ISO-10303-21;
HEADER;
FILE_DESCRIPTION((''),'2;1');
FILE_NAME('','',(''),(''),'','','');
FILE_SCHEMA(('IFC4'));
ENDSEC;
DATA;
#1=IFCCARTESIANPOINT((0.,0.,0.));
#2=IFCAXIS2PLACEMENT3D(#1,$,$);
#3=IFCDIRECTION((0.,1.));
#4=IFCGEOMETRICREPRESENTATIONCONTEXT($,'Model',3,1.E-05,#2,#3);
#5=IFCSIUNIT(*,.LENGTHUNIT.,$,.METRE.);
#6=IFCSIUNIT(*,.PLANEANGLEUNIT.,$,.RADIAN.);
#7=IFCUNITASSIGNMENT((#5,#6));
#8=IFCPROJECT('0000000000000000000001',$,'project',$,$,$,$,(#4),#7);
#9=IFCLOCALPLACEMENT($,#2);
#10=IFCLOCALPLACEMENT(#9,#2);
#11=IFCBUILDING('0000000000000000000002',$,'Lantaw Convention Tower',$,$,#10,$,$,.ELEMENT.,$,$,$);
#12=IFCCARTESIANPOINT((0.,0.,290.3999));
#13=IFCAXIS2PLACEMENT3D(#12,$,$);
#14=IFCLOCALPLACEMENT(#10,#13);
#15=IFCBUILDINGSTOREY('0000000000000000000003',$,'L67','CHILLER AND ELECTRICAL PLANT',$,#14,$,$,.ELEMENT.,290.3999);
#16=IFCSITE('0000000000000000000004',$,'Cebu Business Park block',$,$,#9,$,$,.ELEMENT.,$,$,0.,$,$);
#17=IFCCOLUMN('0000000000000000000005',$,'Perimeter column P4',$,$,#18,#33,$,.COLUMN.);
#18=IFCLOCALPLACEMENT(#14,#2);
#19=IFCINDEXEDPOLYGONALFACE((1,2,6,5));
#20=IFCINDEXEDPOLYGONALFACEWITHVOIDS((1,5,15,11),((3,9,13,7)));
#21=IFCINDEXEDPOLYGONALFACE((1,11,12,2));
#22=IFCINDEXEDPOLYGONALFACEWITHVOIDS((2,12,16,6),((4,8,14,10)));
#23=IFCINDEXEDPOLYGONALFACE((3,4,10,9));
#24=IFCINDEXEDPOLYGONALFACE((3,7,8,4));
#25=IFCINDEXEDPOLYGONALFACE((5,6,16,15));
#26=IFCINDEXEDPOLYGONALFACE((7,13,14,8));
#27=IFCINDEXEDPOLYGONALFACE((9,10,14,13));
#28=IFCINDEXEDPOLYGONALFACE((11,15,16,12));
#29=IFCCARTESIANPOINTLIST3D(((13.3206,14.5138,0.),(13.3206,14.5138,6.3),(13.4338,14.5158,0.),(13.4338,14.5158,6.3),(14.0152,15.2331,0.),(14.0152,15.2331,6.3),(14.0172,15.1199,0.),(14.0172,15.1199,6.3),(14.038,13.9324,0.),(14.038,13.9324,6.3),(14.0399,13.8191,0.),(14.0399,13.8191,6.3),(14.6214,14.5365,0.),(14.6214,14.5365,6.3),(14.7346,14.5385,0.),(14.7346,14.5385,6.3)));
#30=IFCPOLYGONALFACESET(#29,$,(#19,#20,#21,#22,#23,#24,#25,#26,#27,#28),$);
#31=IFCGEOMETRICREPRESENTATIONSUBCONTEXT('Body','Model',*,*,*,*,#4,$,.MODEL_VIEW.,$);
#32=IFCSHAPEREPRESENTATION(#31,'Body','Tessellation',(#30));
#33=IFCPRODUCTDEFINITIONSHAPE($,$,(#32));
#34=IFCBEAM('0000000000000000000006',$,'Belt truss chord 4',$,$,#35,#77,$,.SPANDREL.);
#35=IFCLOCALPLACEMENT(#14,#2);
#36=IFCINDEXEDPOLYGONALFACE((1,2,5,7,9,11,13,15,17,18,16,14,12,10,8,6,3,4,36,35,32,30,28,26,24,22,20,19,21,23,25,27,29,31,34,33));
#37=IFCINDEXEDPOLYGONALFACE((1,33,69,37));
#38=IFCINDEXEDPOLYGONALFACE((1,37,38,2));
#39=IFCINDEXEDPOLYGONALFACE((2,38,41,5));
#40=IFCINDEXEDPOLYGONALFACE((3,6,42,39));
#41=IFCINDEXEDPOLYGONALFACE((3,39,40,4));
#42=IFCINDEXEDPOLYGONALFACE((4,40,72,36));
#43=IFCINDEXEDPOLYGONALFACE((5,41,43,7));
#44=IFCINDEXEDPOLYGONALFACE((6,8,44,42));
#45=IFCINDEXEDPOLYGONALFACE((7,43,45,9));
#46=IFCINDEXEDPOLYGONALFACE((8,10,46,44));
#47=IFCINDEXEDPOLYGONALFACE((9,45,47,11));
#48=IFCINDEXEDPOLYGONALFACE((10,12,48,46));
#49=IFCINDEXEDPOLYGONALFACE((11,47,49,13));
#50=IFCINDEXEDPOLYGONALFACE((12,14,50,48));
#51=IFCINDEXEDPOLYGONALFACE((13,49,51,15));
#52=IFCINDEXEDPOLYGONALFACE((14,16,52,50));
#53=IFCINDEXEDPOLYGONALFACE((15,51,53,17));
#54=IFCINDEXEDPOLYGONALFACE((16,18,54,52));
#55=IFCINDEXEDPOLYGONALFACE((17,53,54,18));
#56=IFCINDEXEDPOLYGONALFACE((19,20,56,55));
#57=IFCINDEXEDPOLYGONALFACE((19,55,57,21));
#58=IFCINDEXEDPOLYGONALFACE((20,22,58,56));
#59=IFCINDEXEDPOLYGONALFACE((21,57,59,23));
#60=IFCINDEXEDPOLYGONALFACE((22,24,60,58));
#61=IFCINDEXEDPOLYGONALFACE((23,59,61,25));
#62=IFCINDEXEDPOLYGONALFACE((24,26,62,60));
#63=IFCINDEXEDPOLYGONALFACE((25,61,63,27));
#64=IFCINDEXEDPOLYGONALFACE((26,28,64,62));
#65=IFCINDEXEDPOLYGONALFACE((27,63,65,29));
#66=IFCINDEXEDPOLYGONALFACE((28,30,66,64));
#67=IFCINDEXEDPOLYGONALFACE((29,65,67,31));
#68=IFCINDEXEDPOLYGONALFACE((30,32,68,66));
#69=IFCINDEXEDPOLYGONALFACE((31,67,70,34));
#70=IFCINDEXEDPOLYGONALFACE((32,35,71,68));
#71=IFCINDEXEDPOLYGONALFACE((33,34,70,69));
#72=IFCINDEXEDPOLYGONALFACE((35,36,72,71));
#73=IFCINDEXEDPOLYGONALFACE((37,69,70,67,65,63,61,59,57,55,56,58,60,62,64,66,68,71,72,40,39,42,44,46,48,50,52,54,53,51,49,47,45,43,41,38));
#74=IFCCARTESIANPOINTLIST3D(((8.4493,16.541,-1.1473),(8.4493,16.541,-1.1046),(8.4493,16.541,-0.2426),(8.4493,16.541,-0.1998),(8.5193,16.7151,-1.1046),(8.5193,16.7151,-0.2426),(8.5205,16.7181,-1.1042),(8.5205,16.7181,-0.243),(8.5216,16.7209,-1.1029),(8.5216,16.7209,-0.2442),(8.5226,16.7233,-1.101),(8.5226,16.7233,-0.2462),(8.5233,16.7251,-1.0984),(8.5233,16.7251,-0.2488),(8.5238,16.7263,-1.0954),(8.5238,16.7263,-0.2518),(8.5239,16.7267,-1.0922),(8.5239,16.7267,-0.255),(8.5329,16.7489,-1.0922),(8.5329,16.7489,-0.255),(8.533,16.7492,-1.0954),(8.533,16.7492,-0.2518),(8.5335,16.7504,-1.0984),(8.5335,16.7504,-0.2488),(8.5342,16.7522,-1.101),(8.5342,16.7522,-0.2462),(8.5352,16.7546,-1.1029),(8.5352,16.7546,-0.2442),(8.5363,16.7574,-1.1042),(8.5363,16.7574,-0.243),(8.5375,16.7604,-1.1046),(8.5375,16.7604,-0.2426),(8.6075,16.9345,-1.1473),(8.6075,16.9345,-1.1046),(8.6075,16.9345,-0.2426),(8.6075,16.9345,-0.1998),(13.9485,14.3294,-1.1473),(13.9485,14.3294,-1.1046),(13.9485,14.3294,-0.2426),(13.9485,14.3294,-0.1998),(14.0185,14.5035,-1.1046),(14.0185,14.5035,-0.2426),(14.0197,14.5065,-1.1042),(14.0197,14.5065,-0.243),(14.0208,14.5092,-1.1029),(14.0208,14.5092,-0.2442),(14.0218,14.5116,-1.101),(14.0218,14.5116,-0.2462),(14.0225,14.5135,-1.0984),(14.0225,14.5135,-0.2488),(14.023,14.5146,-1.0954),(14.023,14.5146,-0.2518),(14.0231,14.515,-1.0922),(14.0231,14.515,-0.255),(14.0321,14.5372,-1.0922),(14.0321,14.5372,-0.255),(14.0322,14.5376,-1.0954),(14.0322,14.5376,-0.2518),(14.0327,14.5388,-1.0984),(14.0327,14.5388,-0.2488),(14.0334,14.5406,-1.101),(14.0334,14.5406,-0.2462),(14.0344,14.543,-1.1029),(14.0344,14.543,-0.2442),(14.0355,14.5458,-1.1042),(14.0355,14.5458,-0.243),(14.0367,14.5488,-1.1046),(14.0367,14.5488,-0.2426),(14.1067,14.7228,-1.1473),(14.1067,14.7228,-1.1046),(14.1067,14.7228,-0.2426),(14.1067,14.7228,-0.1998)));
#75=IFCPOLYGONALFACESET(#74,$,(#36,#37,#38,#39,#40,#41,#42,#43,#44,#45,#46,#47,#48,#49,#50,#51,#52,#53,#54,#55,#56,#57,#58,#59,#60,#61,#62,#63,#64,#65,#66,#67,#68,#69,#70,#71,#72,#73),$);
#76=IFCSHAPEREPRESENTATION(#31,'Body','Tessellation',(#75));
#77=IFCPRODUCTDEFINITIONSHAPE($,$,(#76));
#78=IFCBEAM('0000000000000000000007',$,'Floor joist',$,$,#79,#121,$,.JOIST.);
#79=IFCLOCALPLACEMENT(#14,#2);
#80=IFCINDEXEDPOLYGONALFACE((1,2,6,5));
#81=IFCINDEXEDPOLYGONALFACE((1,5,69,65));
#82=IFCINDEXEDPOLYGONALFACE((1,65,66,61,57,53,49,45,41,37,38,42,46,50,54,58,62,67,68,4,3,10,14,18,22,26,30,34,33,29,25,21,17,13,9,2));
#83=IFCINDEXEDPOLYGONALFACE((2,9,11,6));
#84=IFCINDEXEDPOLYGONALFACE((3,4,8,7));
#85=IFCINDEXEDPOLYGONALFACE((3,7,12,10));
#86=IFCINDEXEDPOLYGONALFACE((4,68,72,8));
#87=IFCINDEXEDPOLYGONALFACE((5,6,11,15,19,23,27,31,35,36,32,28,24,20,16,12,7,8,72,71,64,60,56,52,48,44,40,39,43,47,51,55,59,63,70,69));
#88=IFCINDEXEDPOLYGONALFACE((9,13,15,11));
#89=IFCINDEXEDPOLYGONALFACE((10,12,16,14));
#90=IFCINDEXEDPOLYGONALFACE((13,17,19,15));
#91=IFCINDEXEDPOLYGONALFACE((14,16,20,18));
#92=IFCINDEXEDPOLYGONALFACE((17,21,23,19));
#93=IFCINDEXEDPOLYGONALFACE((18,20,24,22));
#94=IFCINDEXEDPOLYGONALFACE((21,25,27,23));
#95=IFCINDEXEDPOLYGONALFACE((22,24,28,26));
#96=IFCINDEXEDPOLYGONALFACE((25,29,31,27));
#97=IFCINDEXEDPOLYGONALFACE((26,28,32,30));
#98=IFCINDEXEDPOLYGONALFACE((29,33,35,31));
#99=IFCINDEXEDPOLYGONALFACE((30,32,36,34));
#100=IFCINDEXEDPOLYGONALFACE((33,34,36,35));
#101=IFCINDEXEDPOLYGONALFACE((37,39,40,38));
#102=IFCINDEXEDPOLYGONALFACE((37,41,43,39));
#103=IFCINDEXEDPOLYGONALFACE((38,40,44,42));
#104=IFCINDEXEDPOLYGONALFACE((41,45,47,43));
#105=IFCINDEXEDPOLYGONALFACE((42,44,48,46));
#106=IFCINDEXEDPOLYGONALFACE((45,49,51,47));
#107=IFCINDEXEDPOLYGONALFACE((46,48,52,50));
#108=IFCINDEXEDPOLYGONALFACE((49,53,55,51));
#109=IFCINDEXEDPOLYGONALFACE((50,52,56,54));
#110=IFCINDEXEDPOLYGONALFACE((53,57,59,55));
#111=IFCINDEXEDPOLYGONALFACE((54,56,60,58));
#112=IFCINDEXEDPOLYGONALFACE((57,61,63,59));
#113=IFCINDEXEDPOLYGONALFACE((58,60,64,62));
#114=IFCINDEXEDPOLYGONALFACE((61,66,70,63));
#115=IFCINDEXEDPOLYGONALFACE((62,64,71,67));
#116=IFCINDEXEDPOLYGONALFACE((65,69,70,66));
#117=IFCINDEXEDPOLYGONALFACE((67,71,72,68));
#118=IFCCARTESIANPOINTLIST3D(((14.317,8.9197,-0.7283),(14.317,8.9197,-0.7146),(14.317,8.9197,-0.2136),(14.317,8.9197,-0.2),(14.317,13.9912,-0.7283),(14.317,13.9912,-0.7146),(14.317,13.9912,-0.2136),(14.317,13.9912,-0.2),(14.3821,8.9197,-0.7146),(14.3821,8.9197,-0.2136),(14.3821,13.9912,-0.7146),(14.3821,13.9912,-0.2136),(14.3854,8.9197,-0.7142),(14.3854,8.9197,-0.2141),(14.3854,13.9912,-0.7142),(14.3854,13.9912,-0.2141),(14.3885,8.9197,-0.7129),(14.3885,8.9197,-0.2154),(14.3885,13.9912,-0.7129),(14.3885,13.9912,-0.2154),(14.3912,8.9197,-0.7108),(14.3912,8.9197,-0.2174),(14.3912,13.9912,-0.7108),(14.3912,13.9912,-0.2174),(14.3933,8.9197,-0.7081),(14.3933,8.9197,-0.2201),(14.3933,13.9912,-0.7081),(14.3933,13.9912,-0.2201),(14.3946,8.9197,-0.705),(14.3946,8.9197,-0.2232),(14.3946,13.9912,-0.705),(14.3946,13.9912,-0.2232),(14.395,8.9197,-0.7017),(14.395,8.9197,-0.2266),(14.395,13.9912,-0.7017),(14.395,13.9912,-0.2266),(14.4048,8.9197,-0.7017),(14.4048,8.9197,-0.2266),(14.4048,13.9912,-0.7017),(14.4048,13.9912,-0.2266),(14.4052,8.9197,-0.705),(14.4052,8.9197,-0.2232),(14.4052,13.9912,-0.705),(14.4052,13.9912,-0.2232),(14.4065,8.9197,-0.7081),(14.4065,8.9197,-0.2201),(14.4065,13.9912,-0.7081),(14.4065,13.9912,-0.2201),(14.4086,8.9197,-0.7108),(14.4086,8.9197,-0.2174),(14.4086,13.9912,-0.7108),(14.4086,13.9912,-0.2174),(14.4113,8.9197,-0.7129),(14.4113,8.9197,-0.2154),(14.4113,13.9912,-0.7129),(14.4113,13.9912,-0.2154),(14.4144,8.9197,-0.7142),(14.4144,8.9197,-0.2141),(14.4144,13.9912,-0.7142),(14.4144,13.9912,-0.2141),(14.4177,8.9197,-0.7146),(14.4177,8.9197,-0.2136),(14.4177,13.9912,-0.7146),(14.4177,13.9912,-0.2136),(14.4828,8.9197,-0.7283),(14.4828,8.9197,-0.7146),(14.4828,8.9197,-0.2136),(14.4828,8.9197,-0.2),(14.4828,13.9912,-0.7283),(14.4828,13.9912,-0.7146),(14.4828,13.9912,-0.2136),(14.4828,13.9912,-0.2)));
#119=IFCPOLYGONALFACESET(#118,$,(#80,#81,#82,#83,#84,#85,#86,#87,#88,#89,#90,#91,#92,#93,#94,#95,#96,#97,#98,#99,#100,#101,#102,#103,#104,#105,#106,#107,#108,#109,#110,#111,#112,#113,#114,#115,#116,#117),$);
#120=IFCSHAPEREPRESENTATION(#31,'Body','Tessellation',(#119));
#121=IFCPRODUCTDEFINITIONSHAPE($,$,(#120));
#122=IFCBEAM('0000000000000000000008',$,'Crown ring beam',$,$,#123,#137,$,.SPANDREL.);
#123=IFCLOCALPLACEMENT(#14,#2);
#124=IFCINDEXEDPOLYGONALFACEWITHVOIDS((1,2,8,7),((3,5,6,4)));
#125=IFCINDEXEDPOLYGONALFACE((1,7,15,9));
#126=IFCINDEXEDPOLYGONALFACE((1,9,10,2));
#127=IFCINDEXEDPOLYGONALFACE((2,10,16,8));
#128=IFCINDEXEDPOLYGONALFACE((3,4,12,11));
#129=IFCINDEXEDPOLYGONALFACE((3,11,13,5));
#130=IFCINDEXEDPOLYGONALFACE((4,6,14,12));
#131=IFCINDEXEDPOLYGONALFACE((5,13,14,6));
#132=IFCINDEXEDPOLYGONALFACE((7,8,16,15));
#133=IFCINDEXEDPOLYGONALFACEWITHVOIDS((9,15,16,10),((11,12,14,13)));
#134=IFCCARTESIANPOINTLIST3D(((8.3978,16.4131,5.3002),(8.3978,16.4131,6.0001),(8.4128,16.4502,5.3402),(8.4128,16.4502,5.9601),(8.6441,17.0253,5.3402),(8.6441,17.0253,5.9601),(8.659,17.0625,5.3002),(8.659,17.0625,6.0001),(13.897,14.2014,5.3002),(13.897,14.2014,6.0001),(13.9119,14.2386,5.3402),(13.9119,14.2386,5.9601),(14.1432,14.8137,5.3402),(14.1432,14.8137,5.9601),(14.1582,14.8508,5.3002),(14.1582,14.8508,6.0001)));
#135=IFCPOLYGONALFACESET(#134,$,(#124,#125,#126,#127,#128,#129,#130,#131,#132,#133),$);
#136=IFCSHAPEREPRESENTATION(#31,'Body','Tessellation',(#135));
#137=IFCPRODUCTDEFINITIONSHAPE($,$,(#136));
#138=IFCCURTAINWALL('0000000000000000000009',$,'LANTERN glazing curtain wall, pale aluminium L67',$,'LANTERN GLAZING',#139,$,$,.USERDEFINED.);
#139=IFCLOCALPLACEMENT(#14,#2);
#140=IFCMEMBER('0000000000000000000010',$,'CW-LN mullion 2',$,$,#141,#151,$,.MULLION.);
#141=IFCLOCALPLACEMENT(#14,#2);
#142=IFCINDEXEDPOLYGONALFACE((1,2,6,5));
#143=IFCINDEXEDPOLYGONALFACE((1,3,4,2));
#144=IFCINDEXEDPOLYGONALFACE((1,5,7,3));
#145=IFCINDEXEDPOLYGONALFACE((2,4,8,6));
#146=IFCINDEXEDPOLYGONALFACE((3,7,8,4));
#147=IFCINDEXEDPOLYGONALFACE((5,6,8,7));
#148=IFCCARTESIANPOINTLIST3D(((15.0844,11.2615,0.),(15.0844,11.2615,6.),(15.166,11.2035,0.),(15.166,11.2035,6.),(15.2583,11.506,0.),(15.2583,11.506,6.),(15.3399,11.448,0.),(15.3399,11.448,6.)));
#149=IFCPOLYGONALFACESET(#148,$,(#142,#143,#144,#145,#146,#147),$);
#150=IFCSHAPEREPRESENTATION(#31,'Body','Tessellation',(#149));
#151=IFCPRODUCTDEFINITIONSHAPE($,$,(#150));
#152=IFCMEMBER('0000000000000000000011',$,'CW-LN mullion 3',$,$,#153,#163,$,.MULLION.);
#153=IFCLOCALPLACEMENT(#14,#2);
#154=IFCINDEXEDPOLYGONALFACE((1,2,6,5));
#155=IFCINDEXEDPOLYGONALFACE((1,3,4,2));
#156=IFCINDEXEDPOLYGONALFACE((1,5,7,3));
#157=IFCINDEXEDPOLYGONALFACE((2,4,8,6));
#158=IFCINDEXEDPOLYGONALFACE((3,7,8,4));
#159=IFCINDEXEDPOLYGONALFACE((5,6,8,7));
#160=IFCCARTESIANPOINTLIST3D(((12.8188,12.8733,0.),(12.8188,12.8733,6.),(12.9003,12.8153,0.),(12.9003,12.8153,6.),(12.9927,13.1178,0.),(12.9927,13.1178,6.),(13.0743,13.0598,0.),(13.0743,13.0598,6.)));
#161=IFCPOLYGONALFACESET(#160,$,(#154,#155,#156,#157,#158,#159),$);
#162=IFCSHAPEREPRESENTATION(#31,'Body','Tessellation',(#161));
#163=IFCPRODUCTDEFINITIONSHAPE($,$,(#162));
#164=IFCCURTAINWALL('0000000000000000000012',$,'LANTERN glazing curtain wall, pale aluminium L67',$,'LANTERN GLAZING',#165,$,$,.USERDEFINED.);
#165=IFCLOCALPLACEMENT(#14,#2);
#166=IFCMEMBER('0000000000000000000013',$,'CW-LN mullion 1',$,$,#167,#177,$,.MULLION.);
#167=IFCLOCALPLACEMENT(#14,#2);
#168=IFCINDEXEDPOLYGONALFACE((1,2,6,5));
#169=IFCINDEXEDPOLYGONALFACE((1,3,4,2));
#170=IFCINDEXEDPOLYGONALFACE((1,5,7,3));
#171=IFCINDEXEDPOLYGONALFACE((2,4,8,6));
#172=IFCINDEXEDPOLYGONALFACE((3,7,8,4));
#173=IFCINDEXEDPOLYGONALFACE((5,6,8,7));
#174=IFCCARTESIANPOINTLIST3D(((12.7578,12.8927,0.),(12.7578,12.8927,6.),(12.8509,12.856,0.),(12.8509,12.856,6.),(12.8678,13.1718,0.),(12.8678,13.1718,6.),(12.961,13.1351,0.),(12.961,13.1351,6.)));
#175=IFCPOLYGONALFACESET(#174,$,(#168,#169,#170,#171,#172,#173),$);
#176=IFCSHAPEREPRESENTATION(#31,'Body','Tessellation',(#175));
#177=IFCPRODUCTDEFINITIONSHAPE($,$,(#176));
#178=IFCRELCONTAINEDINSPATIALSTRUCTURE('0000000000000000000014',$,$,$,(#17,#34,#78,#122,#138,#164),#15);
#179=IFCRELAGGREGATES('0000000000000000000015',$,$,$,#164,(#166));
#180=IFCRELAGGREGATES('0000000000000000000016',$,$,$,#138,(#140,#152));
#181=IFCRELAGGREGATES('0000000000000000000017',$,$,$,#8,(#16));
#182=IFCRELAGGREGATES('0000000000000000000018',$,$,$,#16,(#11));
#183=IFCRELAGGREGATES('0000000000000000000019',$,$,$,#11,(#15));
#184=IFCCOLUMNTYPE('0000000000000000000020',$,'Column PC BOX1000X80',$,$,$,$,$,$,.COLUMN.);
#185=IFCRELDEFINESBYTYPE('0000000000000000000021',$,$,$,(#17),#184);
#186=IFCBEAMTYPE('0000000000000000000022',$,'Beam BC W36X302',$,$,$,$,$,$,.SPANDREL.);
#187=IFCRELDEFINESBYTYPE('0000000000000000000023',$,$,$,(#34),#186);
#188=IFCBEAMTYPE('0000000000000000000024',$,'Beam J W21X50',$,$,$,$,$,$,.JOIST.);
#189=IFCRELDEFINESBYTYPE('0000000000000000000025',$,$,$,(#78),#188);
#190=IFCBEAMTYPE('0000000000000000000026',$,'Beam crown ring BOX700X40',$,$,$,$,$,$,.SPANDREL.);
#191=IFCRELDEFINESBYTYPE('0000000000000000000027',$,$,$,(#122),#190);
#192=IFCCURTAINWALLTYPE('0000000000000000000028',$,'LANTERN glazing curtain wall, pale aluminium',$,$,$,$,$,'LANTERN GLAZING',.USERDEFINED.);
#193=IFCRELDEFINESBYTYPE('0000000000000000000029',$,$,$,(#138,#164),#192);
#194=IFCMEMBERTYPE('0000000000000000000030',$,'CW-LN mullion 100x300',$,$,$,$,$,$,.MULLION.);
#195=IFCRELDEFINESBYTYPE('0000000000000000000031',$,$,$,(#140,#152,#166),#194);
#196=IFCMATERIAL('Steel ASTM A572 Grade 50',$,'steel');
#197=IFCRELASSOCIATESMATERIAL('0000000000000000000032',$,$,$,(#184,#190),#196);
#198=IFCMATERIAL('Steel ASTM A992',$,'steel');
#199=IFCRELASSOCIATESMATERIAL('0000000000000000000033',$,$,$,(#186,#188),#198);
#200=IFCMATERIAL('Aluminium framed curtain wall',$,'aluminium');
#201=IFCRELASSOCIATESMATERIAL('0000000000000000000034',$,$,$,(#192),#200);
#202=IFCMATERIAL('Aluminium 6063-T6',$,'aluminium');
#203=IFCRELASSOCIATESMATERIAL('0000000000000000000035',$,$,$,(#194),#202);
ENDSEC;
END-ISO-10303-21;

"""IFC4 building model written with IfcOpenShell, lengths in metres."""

from ifc_helpers import new_model, si_unit, direction, frame, origin, origin_2d, place, context, subcontext, project, spatial, rectangle, hollow_rectangle, i_section, extrude, material, material_profile, profile_set, type_object, element, aggregate, save


model = new_model("IFC4")

# Units and contexts
model_context = context("Model", 3, precision=1e-05, world=origin(), true_north=direction((0.0, 1.0)))
body_context = subcontext(model_context, "Body", "Model", "MODEL_VIEW")
ifc_project = project(units=[si_unit("LENGTHUNIT", "METRE"), si_unit("PLANEANGLEUNIT", "RADIAN")], contexts=[model_context])

# Site, building, storey
site_placement = place(None, origin())
site = spatial("IfcSite", under=ifc_project, at=site_placement, Name="Cebu Business Park block", CompositionType="ELEMENT", RefElevation=0.0)
building_placement = place(site_placement, origin())
building = spatial("IfcBuilding", under=site, at=building_placement, Name="Lantaw Convention Tower", CompositionType="ELEMENT")
storey_placement = place(building_placement, frame((0.0, 0.0, 290.3999)))
storey = spatial("IfcBuildingStorey", under=building, at=storey_placement, Name="L67", Description="CHILLER AND ELECTRICAL PLANT", CompositionType="ELEMENT", Elevation=290.3999)

# Column
ifc_material_1 = material(Name="Steel ASTM A572 Grade 50", Category="steel")
ifc_material_profile_1 = material_profile(ifc_material_1, hollow_rectangle(XDim=1.0, YDim=1.0, WallThickness=0.0801, at=origin_2d()), Name="BOX1000X80")
ifc_material_2 = material(Name="Concrete C60/75", Category="concrete")
ifc_material_profile_2 = material_profile(ifc_material_2, rectangle(XDim=0.8401, YDim=0.8401, at=origin_2d()), Name="Concrete fill of BOX1000X80")
ifc_profile_set_1 = profile_set([ifc_material_profile_1, ifc_material_profile_2], Name="Steel ASTM A572 Grade 50")
column_type = type_object("IfcColumnType", Name="Column PC BOX1000X80", PredefinedType="COLUMN", material=ifc_profile_set_1)
column_placement = place(storey_placement, frame((14.0276, 14.5261, 0.0), z_axis=(0.0, 0.0, 1.0), x_axis=(0.694658, 0.71934, 0.0)))
element("IfcColumn", 1, at=column_placement, inside=storey, type_object=column_type, Name="Perimeter column P4", PredefinedType="COLUMN", context=body_context, shape_type="SweptSolid", body=[
    extrude(hollow_rectangle(XDim=1.0, YDim=1.0, WallThickness=0.0801, at=origin_2d()), origin(), (0.0, 0.0, 1.0), 6.3),
])

# Beams
ifc_material_3 = material(Name="Steel ASTM A992", Category="steel")
ifc_material_profile_3 = material_profile(ifc_material_3, i_section(OverallWidth=0.4241, OverallDepth=0.9475, WebThickness=0.0239, FlangeThickness=0.0427, FilletRadius=0.0125, at=origin_2d()), Name="W36X302")
ifc_profile_set_2 = profile_set([ifc_material_profile_3], Name="Steel ASTM A992")
beam_type_1 = type_object("IfcBeamType", Name="Beam BC W36X302", PredefinedType="SPANDREL", material=ifc_profile_set_2)
beam_1_placement = place(storey_placement, frame((14.0276, 14.5261, -0.6736), z_axis=(-0.927779, 0.37313, 0.0), x_axis=(-0.37313, -0.927779, 0.0)))
element("IfcBeam", 2, at=beam_1_placement, inside=storey, type_object=beam_type_1, Name="Belt truss chord 4", PredefinedType="SPANDREL", context=body_context, shape_type="SweptSolid", body=[
    extrude(i_section(OverallWidth=0.4241, OverallDepth=0.9475, WebThickness=0.0239, FlangeThickness=0.0427, FilletRadius=0.0125, at=origin_2d()), origin(), (0.0, 0.0, 1.0), 5.9272),
])
ifc_material_profile_4 = material_profile(ifc_material_3, i_section(OverallWidth=0.1658, OverallDepth=0.5283, WebThickness=0.0098, FlangeThickness=0.0137, FilletRadius=0.0129, at=origin_2d()), Name="W21X50")
ifc_profile_set_3 = profile_set([ifc_material_profile_4], Name="Steel ASTM A992")
beam_type_2 = type_object("IfcBeamType", Name="Beam J W21X50", PredefinedType="JOIST", material=ifc_profile_set_3)
beam_2_placement = place(storey_placement, frame((14.3999, 8.9197, -0.4641), z_axis=(0.0, 1.0, 0.0), x_axis=(-1.0, 0.0, 0.0)))
element("IfcBeam", 3, at=beam_2_placement, inside=storey, type_object=beam_type_2, Name="Floor joist", PredefinedType="JOIST", context=body_context, shape_type="SweptSolid", body=[
    extrude(i_section(OverallWidth=0.1658, OverallDepth=0.5283, WebThickness=0.0098, FlangeThickness=0.0137, FilletRadius=0.0129, at=origin_2d()), origin(), (0.0, 0.0, 1.0), 5.0715),
])
ifc_material_profile_5 = material_profile(ifc_material_1, hollow_rectangle(XDim=0.7, YDim=0.7, WallThickness=0.04, at=origin_2d()), Name="BOX700X40")
ifc_profile_set_4 = profile_set([ifc_material_profile_5], Name="Steel ASTM A572 Grade 50")
beam_type_3 = type_object("IfcBeamType", Name="Beam crown ring BOX700X40", PredefinedType="SPANDREL", material=ifc_profile_set_4)
beam_3_placement = place(storey_placement, frame((14.0276, 14.5261, 5.6501), z_axis=(-0.927779, 0.37313, 0.0), x_axis=(-0.37313, -0.927779, 0.0)))
element("IfcBeam", 4, at=beam_3_placement, inside=storey, type_object=beam_type_3, Name="Crown ring beam", PredefinedType="SPANDREL", context=body_context, shape_type="SweptSolid", body=[
    extrude(hollow_rectangle(XDim=0.7, YDim=0.7, WallThickness=0.04, at=origin_2d()), origin(), (0.0, 0.0, 1.0), 5.9272),
])

# Curtain wall, members
ifc_material_4 = material(Name="Aluminium framed curtain wall", Category="aluminium")
curtain_wall_type_1 = type_object("IfcCurtainWallType", Name="LANTERN glazing curtain wall, pale aluminium", ElementType="LANTERN GLAZING", PredefinedType="USERDEFINED", material=ifc_material_4)
curtain_wall_1_placement = place(storey_placement, origin())
curtain_wall_1 = element("IfcCurtainWall", 5, at=curtain_wall_1_placement, inside=storey, type_object=curtain_wall_type_1, Name="LANTERN glazing curtain wall, pale aluminium L67", ObjectType="LANTERN GLAZING", PredefinedType="USERDEFINED")
ifc_material_5 = material(Name="Aluminium 6063-T6", Category="aluminium")
ifc_material_profile_6 = material_profile(ifc_material_5, rectangle(XDim=0.3, YDim=0.1001, at=origin_2d()), Name="CW-LN mullion 100x300")
ifc_profile_set_5 = profile_set([ifc_material_profile_6], Name="Aluminium 6063-T6")
member_type_1 = type_object("IfcMemberType", Name="CW-LN mullion 100x300", PredefinedType="MULLION", material=ifc_profile_set_5)
member_1_placement = place(storey_placement, frame((15.2122, 11.3547, 0.0), z_axis=(0.0, 0.0, 1.0), x_axis=(-0.579684, -0.814841, 0.0)))
member_1 = element("IfcMember", 6, at=member_1_placement, type_object=member_type_1, Name="CW-LN mullion 2", PredefinedType="MULLION", context=body_context, shape_type="SweptSolid", body=[
    extrude(rectangle(XDim=0.3, YDim=0.1001, at=origin_2d()), origin(), (0.0, 0.0, 1.0), 6.0),
])
member_2_placement = place(storey_placement, frame((12.9465, 12.9666, 0.0), z_axis=(0.0, 0.0, 1.0), x_axis=(-0.579684, -0.814841, 0.0)))
member_2 = element("IfcMember", 7, at=member_2_placement, type_object=member_type_1, Name="CW-LN mullion 3", PredefinedType="MULLION", context=body_context, shape_type="SweptSolid", body=[
    extrude(rectangle(XDim=0.3, YDim=0.1001, at=origin_2d()), origin(), (0.0, 0.0, 1.0), 6.0),
])

# Curtain wall, member
curtain_wall_2_placement = place(storey_placement, origin())
curtain_wall_2 = element("IfcCurtainWall", 8, at=curtain_wall_2_placement, inside=storey, type_object=curtain_wall_type_1, Name="LANTERN glazing curtain wall, pale aluminium L67", ObjectType="LANTERN GLAZING", PredefinedType="USERDEFINED")
member_3_placement = place(storey_placement, frame((12.8594, 13.0139, 0.0), z_axis=(0.0, 0.0, 1.0), x_axis=(-0.366802, -0.930299, 0.0)))
member_3 = element("IfcMember", 9, at=member_3_placement, type_object=member_type_1, Name="CW-LN mullion 1", PredefinedType="MULLION", context=body_context, shape_type="SweptSolid", body=[
    extrude(rectangle(XDim=0.3, YDim=0.1001, at=origin_2d()), origin(), (0.0, 0.0, 1.0), 6.0),
])

aggregate(curtain_wall_2, [member_3])

aggregate(curtain_wall_1, [member_1, member_2])

save(model, "model.ifc")
